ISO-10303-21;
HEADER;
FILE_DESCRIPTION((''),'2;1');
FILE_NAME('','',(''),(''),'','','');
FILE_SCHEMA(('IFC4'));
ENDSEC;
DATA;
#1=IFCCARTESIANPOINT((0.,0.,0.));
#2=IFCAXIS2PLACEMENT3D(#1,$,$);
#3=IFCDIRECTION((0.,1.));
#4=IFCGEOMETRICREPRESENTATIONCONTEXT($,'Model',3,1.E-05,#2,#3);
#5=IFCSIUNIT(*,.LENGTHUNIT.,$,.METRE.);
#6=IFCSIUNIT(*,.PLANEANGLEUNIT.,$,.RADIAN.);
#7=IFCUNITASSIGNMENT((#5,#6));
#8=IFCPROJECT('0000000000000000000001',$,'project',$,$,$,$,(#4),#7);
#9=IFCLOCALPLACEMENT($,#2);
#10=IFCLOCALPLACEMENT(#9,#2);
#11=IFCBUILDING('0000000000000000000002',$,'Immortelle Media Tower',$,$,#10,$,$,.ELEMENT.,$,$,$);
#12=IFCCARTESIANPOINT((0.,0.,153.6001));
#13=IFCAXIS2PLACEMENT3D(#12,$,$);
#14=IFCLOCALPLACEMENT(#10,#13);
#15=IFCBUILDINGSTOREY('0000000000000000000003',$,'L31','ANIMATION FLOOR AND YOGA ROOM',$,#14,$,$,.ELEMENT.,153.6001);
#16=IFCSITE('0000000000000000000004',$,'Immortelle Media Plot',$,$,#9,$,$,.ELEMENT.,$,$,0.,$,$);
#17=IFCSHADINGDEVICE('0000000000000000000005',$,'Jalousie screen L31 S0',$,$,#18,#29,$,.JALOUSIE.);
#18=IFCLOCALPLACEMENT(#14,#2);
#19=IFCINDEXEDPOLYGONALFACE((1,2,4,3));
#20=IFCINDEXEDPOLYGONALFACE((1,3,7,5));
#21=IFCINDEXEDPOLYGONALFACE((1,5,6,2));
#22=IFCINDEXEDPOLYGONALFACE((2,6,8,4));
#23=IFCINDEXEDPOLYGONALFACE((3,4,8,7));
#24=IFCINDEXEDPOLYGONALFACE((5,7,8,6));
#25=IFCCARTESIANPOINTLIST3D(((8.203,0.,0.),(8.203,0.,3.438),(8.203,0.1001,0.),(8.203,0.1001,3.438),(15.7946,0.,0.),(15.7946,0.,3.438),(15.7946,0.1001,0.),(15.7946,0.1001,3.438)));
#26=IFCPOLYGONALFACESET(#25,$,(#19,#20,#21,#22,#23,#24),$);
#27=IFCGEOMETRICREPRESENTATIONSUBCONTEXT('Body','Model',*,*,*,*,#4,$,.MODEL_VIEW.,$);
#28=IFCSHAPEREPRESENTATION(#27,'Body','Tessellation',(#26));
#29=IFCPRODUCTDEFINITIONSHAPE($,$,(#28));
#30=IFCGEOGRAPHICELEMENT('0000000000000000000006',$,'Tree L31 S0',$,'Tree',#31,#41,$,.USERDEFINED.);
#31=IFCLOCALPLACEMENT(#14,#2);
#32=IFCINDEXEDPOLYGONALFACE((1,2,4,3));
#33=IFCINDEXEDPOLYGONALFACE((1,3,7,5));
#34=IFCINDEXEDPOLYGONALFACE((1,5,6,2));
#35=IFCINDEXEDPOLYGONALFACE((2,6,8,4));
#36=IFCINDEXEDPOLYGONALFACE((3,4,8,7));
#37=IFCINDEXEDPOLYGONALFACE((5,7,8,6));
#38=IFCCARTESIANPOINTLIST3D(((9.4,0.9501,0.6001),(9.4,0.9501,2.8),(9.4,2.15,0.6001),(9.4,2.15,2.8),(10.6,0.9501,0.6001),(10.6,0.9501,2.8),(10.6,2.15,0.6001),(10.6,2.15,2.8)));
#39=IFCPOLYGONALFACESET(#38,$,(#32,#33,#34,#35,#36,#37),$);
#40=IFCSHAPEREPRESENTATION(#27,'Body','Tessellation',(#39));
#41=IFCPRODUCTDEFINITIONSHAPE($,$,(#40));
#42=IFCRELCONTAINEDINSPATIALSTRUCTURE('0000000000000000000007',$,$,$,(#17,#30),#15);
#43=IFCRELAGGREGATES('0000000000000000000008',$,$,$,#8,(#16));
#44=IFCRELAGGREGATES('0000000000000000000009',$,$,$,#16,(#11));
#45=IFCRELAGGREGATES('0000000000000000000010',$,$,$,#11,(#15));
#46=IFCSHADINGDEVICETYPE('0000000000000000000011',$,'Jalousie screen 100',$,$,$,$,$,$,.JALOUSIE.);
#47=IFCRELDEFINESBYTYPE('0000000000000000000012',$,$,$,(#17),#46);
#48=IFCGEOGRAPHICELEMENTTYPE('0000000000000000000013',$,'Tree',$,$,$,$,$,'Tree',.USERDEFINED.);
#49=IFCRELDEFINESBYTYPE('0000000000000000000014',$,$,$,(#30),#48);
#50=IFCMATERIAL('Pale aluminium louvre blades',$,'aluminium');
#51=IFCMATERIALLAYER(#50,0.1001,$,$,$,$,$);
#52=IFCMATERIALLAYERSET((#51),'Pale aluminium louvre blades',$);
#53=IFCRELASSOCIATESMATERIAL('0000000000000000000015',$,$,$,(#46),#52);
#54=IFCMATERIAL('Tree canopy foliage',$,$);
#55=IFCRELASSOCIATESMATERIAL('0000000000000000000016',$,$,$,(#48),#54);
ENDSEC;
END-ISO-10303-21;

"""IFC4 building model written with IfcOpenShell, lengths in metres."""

from ifc_helpers import new_model, si_unit, direction, frame, origin, origin_2d, place, context, subcontext, project, spatial, rectangle, extrude, material, layer, layer_set, type_object, element, save


model = new_model("IFC4")

# Units and contexts
model_context = context("Model", 3, precision=1e-05, world=origin(), true_north=direction((0.0, 1.0)))
body_context = subcontext(model_context, "Body", "Model", "MODEL_VIEW")
ifc_project = project(units=[si_unit("LENGTHUNIT", "METRE"), si_unit("PLANEANGLEUNIT", "RADIAN")], contexts=[model_context])

# Site, building, storey
site_placement = place(None, origin())
site = spatial("IfcSite", under=ifc_project, at=site_placement, Name="Immortelle Media Plot", CompositionType="ELEMENT", RefElevation=0.0)
building_placement = place(site_placement, origin())
building = spatial("IfcBuilding", under=site, at=building_placement, Name="Immortelle Media Tower", CompositionType="ELEMENT")
storey_placement = place(building_placement, frame((0.0, 0.0, 153.6001)))
storey = spatial("IfcBuildingStorey", under=building, at=storey_placement, Name="L31", Description="ANIMATION FLOOR AND YOGA ROOM", CompositionType="ELEMENT", Elevation=153.6001)

# Shading device
ifc_material_1 = material(Name="Pale aluminium louvre blades", Category="aluminium")
ifc_layer_1 = layer(ifc_material_1, 0.1001)
ifc_layer_set_1 = layer_set([ifc_layer_1], Name="Pale aluminium louvre blades")
shading_device_type = type_object("IfcShadingDeviceType", Name="Jalousie screen 100", PredefinedType="JALOUSIE", material=ifc_layer_set_1)
shading_device_placement = place(storey_placement, frame((11.9988, 0.05, 0.0), z_axis=(0.0, 0.0, 1.0), x_axis=(1.0, 0.0, 0.0)))
element("IfcShadingDevice", 1, at=shading_device_placement, inside=storey, type_object=shading_device_type, Name="Jalousie screen L31 S0", PredefinedType="JALOUSIE", context=body_context, shape_type="SweptSolid", body=[
    extrude(rectangle(XDim=7.5916, YDim=0.1001, at=origin_2d()), origin(), (0.0, 0.0, 1.0), 3.438),
])

# Geographic element
ifc_material_2 = material(Name="Tree canopy foliage")
geographic_element_type = type_object("IfcGeographicElementType", Name="Tree", ElementType="Tree", PredefinedType="USERDEFINED", material=ifc_material_2)
geographic_element_placement = place(storey_placement, frame((10.0, 1.55, 0.6001), z_axis=(0.0, 0.0, 1.0), x_axis=(1.0, 0.0, 0.0)))
element("IfcGeographicElement", 2, at=geographic_element_placement, inside=storey, type_object=geographic_element_type, Name="Tree L31 S0", ObjectType="Tree", PredefinedType="USERDEFINED", context=body_context, shape_type="SweptSolid", body=[
    extrude(rectangle(XDim=1.2, YDim=1.2, at=origin_2d()), origin(), (0.0, 0.0, 1.0), 2.2),
])

save(model, "model.ifc")
